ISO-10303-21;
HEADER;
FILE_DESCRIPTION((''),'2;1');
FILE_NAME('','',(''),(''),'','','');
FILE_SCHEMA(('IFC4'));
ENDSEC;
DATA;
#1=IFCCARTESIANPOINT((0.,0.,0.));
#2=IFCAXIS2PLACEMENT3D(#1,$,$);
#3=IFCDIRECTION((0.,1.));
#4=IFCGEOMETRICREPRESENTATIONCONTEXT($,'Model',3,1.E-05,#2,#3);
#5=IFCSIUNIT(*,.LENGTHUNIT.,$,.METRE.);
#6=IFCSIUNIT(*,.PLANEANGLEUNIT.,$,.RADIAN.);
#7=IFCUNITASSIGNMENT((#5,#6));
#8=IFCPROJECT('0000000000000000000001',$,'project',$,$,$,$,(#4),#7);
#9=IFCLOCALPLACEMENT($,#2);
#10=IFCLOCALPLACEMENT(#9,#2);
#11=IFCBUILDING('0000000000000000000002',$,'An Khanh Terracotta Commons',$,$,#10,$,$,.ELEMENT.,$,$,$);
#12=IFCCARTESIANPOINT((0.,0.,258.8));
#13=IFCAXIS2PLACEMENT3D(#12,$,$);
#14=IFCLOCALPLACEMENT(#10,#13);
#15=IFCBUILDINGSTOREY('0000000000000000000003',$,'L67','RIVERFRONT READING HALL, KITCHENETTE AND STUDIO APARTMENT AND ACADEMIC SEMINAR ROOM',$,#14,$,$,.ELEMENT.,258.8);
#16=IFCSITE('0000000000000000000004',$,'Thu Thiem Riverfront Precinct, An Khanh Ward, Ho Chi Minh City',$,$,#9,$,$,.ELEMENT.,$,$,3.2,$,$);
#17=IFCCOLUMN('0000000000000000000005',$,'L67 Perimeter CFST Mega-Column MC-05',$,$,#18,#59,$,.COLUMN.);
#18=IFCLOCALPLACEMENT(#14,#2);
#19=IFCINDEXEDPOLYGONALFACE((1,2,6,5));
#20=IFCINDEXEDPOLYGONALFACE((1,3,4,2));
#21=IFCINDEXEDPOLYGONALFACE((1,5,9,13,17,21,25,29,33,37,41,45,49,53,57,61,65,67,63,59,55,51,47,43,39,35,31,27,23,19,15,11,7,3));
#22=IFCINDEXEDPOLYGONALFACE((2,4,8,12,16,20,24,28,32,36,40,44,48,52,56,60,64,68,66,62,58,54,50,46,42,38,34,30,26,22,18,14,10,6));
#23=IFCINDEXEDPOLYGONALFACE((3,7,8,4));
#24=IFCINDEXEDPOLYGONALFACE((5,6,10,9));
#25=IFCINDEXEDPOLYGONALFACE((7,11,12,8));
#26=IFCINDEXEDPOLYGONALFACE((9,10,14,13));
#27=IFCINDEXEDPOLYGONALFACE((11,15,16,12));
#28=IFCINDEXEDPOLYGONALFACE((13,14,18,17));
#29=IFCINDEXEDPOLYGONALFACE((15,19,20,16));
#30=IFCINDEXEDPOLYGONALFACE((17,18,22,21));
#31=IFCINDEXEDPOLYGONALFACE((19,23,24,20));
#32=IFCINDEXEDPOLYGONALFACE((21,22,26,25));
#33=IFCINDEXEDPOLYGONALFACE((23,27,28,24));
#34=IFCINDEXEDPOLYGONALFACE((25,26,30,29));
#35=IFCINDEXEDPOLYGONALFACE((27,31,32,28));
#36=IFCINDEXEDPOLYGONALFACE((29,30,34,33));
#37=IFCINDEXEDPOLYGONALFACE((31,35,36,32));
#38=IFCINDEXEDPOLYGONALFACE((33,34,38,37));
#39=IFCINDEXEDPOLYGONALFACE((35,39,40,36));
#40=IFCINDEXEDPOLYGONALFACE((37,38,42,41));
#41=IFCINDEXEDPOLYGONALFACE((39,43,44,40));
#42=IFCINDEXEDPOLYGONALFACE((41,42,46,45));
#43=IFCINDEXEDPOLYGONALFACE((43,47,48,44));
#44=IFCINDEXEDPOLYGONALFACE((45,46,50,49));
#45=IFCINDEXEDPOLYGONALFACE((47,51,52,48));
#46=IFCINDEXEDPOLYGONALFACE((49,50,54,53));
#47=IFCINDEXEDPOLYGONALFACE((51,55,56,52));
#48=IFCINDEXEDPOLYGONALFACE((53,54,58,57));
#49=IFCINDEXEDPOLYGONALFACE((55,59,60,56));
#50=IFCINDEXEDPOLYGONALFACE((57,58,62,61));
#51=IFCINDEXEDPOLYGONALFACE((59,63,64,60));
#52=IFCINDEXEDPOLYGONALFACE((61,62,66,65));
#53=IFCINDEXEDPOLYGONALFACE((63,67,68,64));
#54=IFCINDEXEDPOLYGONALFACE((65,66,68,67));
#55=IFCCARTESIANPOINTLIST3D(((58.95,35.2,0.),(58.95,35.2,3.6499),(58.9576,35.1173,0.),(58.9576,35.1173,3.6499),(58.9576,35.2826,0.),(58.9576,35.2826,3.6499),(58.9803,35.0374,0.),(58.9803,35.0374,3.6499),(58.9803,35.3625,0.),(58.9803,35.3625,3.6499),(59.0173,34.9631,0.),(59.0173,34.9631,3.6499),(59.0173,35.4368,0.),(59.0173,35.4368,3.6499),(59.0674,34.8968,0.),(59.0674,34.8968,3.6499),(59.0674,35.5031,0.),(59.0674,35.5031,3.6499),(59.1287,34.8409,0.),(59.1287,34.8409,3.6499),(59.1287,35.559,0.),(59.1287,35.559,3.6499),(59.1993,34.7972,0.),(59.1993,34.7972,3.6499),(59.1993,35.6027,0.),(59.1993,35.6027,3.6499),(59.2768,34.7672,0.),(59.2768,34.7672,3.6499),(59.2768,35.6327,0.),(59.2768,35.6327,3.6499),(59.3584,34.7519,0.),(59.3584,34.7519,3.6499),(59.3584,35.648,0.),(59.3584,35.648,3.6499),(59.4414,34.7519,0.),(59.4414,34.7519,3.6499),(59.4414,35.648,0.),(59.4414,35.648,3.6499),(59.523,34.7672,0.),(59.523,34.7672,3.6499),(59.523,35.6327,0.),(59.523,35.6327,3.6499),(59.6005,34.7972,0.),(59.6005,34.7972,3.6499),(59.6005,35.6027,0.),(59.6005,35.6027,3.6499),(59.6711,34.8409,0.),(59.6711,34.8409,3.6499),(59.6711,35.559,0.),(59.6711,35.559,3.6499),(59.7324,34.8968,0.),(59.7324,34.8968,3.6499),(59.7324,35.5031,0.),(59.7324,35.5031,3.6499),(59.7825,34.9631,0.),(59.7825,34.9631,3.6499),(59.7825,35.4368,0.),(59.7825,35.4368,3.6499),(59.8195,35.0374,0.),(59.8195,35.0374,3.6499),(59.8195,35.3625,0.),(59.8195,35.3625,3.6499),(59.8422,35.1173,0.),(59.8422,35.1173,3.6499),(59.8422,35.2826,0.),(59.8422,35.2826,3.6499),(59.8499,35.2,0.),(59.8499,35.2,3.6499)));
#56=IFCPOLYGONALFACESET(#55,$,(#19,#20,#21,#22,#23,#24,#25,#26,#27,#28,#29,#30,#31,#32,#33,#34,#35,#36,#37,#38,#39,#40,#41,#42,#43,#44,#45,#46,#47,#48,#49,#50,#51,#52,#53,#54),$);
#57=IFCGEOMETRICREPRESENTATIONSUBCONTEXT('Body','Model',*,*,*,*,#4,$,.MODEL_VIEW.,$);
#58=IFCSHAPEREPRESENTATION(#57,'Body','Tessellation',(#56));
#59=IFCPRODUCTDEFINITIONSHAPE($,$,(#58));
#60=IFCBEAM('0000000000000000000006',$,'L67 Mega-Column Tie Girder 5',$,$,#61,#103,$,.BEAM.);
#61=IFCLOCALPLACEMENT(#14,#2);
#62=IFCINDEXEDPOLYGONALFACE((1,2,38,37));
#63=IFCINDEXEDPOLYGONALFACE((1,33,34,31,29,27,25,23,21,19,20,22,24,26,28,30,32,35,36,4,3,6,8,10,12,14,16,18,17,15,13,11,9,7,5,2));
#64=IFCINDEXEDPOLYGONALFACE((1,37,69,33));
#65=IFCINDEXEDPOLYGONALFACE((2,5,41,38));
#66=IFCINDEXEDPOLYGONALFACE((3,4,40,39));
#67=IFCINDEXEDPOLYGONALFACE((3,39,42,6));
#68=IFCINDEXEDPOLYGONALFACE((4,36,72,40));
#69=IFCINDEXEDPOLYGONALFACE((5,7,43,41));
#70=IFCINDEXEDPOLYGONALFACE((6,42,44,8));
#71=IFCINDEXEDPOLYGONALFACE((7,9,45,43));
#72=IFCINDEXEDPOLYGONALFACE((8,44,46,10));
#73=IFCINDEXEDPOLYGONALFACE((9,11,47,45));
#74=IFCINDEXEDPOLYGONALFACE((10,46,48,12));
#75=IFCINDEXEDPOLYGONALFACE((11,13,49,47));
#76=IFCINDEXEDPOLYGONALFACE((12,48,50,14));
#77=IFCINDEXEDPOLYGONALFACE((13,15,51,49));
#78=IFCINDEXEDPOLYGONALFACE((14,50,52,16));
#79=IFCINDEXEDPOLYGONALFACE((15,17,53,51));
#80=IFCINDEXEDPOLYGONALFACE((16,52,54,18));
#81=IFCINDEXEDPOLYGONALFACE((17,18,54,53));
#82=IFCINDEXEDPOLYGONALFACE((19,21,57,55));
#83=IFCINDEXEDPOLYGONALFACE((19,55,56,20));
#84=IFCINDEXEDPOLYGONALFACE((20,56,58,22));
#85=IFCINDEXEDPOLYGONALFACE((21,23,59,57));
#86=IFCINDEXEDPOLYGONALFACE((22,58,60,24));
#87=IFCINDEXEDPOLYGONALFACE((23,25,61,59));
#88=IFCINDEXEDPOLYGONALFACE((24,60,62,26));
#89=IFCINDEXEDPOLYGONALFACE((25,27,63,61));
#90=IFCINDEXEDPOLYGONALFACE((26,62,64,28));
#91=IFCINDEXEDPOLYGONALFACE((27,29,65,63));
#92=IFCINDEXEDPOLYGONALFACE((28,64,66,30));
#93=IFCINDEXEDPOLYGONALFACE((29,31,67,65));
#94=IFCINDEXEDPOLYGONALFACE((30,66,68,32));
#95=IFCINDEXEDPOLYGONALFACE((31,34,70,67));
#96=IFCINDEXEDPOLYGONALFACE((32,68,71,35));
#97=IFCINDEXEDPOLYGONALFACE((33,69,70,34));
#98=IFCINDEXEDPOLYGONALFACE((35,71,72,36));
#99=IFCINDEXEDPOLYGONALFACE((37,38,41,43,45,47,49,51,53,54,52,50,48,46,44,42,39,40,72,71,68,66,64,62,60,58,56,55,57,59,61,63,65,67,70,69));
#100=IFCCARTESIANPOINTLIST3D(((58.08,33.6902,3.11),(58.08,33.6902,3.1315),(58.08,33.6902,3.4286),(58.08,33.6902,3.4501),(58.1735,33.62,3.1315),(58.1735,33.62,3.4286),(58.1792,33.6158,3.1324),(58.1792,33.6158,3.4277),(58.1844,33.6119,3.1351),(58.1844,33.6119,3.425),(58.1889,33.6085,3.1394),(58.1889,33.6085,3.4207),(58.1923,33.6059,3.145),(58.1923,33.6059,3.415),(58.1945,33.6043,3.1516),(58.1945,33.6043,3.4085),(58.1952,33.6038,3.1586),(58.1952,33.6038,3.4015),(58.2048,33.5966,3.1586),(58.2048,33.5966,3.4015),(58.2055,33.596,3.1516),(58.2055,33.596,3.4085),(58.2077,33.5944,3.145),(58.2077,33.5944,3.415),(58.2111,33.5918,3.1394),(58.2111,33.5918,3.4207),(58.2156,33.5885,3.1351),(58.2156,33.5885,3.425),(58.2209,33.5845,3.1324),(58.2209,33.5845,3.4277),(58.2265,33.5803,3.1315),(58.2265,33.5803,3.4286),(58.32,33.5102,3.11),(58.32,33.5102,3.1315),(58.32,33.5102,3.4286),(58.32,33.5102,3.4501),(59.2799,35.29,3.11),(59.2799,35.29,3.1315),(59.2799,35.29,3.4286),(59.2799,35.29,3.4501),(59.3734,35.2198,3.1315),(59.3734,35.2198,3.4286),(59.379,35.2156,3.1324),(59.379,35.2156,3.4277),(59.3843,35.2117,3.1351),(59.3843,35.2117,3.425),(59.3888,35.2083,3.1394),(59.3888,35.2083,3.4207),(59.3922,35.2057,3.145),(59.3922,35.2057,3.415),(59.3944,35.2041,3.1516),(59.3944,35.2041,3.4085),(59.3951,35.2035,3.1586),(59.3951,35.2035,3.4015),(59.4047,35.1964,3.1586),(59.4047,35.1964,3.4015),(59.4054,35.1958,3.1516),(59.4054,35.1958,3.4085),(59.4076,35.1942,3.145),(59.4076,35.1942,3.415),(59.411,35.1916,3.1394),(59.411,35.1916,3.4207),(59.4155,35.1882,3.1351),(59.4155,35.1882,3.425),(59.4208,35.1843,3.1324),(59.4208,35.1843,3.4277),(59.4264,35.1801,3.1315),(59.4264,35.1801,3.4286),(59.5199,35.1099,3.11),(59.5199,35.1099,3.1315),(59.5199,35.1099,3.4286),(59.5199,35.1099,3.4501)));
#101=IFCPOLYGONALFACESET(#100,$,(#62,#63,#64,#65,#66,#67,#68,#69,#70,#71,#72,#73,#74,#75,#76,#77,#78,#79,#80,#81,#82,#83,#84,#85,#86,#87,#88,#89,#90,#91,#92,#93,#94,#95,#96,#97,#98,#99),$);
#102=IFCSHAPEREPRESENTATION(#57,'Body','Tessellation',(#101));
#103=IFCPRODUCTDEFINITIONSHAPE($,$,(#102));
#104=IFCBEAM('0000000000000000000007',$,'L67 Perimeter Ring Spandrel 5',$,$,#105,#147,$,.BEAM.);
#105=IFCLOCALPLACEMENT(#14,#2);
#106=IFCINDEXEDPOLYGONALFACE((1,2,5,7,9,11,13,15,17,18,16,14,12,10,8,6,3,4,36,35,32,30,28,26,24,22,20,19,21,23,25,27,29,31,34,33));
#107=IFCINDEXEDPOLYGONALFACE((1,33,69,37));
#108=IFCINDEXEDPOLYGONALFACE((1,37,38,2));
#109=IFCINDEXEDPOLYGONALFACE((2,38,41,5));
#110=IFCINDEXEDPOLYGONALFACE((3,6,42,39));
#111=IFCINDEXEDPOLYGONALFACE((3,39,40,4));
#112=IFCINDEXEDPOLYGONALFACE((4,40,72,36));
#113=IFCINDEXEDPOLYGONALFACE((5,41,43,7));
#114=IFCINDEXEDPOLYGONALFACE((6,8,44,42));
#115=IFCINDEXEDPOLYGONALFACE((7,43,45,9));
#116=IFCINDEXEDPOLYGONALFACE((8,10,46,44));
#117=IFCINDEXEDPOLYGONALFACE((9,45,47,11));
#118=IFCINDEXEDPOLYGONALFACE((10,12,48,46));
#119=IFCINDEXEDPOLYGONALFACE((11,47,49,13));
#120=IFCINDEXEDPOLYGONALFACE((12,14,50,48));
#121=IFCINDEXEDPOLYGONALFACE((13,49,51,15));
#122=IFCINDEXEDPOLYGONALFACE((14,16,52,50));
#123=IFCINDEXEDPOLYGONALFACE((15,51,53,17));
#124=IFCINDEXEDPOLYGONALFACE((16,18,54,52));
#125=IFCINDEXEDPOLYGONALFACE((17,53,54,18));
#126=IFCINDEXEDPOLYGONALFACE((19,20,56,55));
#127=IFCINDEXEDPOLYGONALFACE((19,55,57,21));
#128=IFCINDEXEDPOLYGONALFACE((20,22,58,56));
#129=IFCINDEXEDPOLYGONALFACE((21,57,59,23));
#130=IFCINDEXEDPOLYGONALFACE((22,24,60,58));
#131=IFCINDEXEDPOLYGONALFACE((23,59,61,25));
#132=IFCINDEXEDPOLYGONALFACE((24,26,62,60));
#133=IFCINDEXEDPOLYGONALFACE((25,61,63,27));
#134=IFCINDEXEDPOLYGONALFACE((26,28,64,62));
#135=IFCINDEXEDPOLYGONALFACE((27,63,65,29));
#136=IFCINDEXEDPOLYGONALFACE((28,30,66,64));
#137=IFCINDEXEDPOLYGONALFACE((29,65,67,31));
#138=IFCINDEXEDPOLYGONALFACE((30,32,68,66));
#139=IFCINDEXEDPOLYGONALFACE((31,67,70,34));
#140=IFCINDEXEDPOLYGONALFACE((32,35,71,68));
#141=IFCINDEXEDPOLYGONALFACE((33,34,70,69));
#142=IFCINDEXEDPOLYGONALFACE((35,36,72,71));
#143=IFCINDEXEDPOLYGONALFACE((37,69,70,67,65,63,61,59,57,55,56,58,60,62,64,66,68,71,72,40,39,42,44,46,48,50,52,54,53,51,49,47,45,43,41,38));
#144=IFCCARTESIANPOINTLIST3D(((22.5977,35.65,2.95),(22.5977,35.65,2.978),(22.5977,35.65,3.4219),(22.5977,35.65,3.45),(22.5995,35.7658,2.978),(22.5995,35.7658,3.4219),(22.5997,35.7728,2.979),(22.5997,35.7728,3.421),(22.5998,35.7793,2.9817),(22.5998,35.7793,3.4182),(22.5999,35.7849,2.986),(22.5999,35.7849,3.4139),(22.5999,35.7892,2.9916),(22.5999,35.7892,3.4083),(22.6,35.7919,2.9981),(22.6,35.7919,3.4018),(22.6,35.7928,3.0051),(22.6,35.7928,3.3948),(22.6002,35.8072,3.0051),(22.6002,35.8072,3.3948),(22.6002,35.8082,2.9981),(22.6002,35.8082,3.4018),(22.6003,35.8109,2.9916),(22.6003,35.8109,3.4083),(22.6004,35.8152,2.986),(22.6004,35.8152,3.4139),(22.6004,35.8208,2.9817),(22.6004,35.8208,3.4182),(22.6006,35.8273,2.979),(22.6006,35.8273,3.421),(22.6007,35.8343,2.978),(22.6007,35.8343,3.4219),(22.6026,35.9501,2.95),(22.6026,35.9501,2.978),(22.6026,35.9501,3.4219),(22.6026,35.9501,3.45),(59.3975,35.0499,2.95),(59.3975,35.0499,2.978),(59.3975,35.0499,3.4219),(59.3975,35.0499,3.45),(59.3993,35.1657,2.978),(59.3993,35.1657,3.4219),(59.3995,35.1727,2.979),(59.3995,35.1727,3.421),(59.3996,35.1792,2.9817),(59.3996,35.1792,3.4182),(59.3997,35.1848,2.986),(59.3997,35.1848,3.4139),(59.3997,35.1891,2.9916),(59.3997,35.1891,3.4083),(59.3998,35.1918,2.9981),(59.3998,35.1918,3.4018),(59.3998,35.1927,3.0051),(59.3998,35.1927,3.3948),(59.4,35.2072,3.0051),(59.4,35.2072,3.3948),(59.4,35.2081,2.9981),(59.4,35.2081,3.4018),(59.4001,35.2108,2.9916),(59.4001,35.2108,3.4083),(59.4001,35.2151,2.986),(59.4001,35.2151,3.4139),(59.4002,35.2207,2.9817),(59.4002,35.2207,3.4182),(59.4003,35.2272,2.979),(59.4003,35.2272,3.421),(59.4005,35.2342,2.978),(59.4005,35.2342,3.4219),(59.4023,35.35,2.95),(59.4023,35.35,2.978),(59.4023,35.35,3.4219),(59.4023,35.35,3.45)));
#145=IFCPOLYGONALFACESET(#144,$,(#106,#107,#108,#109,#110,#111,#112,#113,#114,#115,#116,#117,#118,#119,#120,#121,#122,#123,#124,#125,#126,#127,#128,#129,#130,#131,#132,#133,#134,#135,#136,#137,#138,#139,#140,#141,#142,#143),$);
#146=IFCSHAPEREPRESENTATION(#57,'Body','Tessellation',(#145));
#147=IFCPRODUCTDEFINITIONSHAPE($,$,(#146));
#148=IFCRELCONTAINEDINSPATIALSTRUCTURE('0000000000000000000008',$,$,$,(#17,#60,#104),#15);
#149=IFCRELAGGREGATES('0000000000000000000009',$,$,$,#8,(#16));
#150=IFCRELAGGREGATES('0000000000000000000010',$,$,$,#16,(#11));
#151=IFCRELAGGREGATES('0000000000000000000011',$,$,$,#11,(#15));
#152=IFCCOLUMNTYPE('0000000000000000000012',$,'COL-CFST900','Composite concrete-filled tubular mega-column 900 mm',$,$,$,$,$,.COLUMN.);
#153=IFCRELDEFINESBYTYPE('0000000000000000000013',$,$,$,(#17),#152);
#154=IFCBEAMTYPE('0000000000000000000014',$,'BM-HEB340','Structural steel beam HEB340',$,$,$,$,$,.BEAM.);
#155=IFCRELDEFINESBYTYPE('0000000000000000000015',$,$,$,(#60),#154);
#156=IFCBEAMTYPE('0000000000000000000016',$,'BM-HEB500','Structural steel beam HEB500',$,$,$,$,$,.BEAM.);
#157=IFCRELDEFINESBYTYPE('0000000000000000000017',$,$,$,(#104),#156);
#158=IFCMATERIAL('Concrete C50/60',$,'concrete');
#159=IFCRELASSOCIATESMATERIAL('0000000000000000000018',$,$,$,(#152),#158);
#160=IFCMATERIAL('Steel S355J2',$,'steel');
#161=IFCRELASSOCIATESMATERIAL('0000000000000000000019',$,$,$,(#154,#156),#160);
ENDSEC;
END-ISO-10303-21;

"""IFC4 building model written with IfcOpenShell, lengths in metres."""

from ifc_helpers import new_model, si_unit, direction, frame, origin, origin_2d, place, context, subcontext, project, spatial, circle, i_section, extrude, material, material_profile, profile_set, type_object, element, save


model = new_model("IFC4")

# Units and contexts
model_context = context("Model", 3, precision=1e-05, world=origin(), true_north=direction((0.0, 1.0)))
body_context = subcontext(model_context, "Body", "Model", "MODEL_VIEW")
ifc_project = project(units=[si_unit("LENGTHUNIT", "METRE"), si_unit("PLANEANGLEUNIT", "RADIAN")], contexts=[model_context])

# Site, building, storey
site_placement = place(None, origin())
site = spatial("IfcSite", under=ifc_project, at=site_placement, Name="Thu Thiem Riverfront Precinct, An Khanh Ward, Ho Chi Minh City", CompositionType="ELEMENT", RefElevation=3.2)
building_placement = place(site_placement, origin())
building = spatial("IfcBuilding", under=site, at=building_placement, Name="An Khanh Terracotta Commons", CompositionType="ELEMENT")
storey_placement = place(building_placement, frame((0.0, 0.0, 258.8)))
storey = spatial("IfcBuildingStorey", under=building, at=storey_placement, Name="L67", Description="RIVERFRONT READING HALL, KITCHENETTE AND STUDIO APARTMENT AND ACADEMIC SEMINAR ROOM", CompositionType="ELEMENT", Elevation=258.8)

# Column
ifc_material_1 = material(Name="Concrete C50/60", Category="concrete")
ifc_material_profile_1 = material_profile(ifc_material_1, circle(Radius=0.45, at=origin_2d()), Name="CFST900")
ifc_profile_set_1 = profile_set([ifc_material_profile_1], Name="Concrete C50/60")
column_type = type_object("IfcColumnType", Name="COL-CFST900", Description="Composite concrete-filled tubular mega-column 900 mm", PredefinedType="COLUMN", material=ifc_profile_set_1)
column_placement = place(storey_placement, frame((59.3999, 35.2, 0.0), z_axis=(0.0, 0.0, 1.0), x_axis=(1.0, 0.0, 0.0)))
element("IfcColumn", 1, at=column_placement, inside=storey, type_object=column_type, Name="L67 Perimeter CFST Mega-Column MC-05", PredefinedType="COLUMN", context=body_context, shape_type="SweptSolid", body=[
    extrude(circle(Radius=0.45, at=origin_2d()), origin(), (0.0, 0.0, 1.0), 3.6499),
])

# Beams
ifc_material_2 = material(Name="Steel S355J2", Category="steel")
ifc_material_profile_2 = material_profile(ifc_material_2, i_section(OverallWidth=0.3, OverallDepth=0.3401, WebThickness=0.012, FlangeThickness=0.0215, FilletRadius=0.0271, at=origin_2d()), Name="HEB340")
ifc_profile_set_2 = profile_set([ifc_material_profile_2], Name="Steel S355J2")
beam_type_1 = type_object("IfcBeamType", Name="BM-HEB340", Description="Structural steel beam HEB340", PredefinedType="BEAM", material=ifc_profile_set_2)
beam_1_placement = place(storey_placement, frame((59.3999, 35.2, 3.28), z_axis=(-0.60002, -0.799985, 0.0), x_axis=(0.799985, -0.60002, 0.0)))
element("IfcBeam", 2, at=beam_1_placement, inside=storey, type_object=beam_type_1, Name="L67 Mega-Column Tie Girder 5", PredefinedType="BEAM", context=body_context, shape_type="SweptSolid", body=[
    extrude(i_section(OverallWidth=0.3, OverallDepth=0.3401, WebThickness=0.012, FlangeThickness=0.0215, FilletRadius=0.0271, at=origin_2d()), origin(), (0.0, 0.0, 1.0), 1.9998),
])
ifc_material_profile_3 = material_profile(ifc_material_2, i_section(OverallWidth=0.3, OverallDepth=0.5, WebThickness=0.0144, FlangeThickness=0.0281, FilletRadius=0.0271, at=origin_2d()), Name="HEB500")
ifc_profile_set_3 = profile_set([ifc_material_profile_3], Name="Steel S355J2")
beam_type_2 = type_object("IfcBeamType", Name="BM-HEB500", Description="Structural steel beam HEB500", PredefinedType="BEAM", material=ifc_profile_set_3)
beam_2_placement = place(storey_placement, frame((59.3999, 35.2, 3.2), z_axis=(-0.999867, 0.016305, 0.0), x_axis=(-0.016305, -0.999867, 0.0)))
element("IfcBeam", 3, at=beam_2_placement, inside=storey, type_object=beam_type_2, Name="L67 Perimeter Ring Spandrel 5", PredefinedType="BEAM", context=body_context, shape_type="SweptSolid", body=[
    extrude(i_section(OverallWidth=0.3, OverallDepth=0.5, WebThickness=0.0144, FlangeThickness=0.0281, FilletRadius=0.0271, at=origin_2d()), origin(), (0.0, 0.0, 1.0), 36.8047),
])

save(model, "model.ifc")
